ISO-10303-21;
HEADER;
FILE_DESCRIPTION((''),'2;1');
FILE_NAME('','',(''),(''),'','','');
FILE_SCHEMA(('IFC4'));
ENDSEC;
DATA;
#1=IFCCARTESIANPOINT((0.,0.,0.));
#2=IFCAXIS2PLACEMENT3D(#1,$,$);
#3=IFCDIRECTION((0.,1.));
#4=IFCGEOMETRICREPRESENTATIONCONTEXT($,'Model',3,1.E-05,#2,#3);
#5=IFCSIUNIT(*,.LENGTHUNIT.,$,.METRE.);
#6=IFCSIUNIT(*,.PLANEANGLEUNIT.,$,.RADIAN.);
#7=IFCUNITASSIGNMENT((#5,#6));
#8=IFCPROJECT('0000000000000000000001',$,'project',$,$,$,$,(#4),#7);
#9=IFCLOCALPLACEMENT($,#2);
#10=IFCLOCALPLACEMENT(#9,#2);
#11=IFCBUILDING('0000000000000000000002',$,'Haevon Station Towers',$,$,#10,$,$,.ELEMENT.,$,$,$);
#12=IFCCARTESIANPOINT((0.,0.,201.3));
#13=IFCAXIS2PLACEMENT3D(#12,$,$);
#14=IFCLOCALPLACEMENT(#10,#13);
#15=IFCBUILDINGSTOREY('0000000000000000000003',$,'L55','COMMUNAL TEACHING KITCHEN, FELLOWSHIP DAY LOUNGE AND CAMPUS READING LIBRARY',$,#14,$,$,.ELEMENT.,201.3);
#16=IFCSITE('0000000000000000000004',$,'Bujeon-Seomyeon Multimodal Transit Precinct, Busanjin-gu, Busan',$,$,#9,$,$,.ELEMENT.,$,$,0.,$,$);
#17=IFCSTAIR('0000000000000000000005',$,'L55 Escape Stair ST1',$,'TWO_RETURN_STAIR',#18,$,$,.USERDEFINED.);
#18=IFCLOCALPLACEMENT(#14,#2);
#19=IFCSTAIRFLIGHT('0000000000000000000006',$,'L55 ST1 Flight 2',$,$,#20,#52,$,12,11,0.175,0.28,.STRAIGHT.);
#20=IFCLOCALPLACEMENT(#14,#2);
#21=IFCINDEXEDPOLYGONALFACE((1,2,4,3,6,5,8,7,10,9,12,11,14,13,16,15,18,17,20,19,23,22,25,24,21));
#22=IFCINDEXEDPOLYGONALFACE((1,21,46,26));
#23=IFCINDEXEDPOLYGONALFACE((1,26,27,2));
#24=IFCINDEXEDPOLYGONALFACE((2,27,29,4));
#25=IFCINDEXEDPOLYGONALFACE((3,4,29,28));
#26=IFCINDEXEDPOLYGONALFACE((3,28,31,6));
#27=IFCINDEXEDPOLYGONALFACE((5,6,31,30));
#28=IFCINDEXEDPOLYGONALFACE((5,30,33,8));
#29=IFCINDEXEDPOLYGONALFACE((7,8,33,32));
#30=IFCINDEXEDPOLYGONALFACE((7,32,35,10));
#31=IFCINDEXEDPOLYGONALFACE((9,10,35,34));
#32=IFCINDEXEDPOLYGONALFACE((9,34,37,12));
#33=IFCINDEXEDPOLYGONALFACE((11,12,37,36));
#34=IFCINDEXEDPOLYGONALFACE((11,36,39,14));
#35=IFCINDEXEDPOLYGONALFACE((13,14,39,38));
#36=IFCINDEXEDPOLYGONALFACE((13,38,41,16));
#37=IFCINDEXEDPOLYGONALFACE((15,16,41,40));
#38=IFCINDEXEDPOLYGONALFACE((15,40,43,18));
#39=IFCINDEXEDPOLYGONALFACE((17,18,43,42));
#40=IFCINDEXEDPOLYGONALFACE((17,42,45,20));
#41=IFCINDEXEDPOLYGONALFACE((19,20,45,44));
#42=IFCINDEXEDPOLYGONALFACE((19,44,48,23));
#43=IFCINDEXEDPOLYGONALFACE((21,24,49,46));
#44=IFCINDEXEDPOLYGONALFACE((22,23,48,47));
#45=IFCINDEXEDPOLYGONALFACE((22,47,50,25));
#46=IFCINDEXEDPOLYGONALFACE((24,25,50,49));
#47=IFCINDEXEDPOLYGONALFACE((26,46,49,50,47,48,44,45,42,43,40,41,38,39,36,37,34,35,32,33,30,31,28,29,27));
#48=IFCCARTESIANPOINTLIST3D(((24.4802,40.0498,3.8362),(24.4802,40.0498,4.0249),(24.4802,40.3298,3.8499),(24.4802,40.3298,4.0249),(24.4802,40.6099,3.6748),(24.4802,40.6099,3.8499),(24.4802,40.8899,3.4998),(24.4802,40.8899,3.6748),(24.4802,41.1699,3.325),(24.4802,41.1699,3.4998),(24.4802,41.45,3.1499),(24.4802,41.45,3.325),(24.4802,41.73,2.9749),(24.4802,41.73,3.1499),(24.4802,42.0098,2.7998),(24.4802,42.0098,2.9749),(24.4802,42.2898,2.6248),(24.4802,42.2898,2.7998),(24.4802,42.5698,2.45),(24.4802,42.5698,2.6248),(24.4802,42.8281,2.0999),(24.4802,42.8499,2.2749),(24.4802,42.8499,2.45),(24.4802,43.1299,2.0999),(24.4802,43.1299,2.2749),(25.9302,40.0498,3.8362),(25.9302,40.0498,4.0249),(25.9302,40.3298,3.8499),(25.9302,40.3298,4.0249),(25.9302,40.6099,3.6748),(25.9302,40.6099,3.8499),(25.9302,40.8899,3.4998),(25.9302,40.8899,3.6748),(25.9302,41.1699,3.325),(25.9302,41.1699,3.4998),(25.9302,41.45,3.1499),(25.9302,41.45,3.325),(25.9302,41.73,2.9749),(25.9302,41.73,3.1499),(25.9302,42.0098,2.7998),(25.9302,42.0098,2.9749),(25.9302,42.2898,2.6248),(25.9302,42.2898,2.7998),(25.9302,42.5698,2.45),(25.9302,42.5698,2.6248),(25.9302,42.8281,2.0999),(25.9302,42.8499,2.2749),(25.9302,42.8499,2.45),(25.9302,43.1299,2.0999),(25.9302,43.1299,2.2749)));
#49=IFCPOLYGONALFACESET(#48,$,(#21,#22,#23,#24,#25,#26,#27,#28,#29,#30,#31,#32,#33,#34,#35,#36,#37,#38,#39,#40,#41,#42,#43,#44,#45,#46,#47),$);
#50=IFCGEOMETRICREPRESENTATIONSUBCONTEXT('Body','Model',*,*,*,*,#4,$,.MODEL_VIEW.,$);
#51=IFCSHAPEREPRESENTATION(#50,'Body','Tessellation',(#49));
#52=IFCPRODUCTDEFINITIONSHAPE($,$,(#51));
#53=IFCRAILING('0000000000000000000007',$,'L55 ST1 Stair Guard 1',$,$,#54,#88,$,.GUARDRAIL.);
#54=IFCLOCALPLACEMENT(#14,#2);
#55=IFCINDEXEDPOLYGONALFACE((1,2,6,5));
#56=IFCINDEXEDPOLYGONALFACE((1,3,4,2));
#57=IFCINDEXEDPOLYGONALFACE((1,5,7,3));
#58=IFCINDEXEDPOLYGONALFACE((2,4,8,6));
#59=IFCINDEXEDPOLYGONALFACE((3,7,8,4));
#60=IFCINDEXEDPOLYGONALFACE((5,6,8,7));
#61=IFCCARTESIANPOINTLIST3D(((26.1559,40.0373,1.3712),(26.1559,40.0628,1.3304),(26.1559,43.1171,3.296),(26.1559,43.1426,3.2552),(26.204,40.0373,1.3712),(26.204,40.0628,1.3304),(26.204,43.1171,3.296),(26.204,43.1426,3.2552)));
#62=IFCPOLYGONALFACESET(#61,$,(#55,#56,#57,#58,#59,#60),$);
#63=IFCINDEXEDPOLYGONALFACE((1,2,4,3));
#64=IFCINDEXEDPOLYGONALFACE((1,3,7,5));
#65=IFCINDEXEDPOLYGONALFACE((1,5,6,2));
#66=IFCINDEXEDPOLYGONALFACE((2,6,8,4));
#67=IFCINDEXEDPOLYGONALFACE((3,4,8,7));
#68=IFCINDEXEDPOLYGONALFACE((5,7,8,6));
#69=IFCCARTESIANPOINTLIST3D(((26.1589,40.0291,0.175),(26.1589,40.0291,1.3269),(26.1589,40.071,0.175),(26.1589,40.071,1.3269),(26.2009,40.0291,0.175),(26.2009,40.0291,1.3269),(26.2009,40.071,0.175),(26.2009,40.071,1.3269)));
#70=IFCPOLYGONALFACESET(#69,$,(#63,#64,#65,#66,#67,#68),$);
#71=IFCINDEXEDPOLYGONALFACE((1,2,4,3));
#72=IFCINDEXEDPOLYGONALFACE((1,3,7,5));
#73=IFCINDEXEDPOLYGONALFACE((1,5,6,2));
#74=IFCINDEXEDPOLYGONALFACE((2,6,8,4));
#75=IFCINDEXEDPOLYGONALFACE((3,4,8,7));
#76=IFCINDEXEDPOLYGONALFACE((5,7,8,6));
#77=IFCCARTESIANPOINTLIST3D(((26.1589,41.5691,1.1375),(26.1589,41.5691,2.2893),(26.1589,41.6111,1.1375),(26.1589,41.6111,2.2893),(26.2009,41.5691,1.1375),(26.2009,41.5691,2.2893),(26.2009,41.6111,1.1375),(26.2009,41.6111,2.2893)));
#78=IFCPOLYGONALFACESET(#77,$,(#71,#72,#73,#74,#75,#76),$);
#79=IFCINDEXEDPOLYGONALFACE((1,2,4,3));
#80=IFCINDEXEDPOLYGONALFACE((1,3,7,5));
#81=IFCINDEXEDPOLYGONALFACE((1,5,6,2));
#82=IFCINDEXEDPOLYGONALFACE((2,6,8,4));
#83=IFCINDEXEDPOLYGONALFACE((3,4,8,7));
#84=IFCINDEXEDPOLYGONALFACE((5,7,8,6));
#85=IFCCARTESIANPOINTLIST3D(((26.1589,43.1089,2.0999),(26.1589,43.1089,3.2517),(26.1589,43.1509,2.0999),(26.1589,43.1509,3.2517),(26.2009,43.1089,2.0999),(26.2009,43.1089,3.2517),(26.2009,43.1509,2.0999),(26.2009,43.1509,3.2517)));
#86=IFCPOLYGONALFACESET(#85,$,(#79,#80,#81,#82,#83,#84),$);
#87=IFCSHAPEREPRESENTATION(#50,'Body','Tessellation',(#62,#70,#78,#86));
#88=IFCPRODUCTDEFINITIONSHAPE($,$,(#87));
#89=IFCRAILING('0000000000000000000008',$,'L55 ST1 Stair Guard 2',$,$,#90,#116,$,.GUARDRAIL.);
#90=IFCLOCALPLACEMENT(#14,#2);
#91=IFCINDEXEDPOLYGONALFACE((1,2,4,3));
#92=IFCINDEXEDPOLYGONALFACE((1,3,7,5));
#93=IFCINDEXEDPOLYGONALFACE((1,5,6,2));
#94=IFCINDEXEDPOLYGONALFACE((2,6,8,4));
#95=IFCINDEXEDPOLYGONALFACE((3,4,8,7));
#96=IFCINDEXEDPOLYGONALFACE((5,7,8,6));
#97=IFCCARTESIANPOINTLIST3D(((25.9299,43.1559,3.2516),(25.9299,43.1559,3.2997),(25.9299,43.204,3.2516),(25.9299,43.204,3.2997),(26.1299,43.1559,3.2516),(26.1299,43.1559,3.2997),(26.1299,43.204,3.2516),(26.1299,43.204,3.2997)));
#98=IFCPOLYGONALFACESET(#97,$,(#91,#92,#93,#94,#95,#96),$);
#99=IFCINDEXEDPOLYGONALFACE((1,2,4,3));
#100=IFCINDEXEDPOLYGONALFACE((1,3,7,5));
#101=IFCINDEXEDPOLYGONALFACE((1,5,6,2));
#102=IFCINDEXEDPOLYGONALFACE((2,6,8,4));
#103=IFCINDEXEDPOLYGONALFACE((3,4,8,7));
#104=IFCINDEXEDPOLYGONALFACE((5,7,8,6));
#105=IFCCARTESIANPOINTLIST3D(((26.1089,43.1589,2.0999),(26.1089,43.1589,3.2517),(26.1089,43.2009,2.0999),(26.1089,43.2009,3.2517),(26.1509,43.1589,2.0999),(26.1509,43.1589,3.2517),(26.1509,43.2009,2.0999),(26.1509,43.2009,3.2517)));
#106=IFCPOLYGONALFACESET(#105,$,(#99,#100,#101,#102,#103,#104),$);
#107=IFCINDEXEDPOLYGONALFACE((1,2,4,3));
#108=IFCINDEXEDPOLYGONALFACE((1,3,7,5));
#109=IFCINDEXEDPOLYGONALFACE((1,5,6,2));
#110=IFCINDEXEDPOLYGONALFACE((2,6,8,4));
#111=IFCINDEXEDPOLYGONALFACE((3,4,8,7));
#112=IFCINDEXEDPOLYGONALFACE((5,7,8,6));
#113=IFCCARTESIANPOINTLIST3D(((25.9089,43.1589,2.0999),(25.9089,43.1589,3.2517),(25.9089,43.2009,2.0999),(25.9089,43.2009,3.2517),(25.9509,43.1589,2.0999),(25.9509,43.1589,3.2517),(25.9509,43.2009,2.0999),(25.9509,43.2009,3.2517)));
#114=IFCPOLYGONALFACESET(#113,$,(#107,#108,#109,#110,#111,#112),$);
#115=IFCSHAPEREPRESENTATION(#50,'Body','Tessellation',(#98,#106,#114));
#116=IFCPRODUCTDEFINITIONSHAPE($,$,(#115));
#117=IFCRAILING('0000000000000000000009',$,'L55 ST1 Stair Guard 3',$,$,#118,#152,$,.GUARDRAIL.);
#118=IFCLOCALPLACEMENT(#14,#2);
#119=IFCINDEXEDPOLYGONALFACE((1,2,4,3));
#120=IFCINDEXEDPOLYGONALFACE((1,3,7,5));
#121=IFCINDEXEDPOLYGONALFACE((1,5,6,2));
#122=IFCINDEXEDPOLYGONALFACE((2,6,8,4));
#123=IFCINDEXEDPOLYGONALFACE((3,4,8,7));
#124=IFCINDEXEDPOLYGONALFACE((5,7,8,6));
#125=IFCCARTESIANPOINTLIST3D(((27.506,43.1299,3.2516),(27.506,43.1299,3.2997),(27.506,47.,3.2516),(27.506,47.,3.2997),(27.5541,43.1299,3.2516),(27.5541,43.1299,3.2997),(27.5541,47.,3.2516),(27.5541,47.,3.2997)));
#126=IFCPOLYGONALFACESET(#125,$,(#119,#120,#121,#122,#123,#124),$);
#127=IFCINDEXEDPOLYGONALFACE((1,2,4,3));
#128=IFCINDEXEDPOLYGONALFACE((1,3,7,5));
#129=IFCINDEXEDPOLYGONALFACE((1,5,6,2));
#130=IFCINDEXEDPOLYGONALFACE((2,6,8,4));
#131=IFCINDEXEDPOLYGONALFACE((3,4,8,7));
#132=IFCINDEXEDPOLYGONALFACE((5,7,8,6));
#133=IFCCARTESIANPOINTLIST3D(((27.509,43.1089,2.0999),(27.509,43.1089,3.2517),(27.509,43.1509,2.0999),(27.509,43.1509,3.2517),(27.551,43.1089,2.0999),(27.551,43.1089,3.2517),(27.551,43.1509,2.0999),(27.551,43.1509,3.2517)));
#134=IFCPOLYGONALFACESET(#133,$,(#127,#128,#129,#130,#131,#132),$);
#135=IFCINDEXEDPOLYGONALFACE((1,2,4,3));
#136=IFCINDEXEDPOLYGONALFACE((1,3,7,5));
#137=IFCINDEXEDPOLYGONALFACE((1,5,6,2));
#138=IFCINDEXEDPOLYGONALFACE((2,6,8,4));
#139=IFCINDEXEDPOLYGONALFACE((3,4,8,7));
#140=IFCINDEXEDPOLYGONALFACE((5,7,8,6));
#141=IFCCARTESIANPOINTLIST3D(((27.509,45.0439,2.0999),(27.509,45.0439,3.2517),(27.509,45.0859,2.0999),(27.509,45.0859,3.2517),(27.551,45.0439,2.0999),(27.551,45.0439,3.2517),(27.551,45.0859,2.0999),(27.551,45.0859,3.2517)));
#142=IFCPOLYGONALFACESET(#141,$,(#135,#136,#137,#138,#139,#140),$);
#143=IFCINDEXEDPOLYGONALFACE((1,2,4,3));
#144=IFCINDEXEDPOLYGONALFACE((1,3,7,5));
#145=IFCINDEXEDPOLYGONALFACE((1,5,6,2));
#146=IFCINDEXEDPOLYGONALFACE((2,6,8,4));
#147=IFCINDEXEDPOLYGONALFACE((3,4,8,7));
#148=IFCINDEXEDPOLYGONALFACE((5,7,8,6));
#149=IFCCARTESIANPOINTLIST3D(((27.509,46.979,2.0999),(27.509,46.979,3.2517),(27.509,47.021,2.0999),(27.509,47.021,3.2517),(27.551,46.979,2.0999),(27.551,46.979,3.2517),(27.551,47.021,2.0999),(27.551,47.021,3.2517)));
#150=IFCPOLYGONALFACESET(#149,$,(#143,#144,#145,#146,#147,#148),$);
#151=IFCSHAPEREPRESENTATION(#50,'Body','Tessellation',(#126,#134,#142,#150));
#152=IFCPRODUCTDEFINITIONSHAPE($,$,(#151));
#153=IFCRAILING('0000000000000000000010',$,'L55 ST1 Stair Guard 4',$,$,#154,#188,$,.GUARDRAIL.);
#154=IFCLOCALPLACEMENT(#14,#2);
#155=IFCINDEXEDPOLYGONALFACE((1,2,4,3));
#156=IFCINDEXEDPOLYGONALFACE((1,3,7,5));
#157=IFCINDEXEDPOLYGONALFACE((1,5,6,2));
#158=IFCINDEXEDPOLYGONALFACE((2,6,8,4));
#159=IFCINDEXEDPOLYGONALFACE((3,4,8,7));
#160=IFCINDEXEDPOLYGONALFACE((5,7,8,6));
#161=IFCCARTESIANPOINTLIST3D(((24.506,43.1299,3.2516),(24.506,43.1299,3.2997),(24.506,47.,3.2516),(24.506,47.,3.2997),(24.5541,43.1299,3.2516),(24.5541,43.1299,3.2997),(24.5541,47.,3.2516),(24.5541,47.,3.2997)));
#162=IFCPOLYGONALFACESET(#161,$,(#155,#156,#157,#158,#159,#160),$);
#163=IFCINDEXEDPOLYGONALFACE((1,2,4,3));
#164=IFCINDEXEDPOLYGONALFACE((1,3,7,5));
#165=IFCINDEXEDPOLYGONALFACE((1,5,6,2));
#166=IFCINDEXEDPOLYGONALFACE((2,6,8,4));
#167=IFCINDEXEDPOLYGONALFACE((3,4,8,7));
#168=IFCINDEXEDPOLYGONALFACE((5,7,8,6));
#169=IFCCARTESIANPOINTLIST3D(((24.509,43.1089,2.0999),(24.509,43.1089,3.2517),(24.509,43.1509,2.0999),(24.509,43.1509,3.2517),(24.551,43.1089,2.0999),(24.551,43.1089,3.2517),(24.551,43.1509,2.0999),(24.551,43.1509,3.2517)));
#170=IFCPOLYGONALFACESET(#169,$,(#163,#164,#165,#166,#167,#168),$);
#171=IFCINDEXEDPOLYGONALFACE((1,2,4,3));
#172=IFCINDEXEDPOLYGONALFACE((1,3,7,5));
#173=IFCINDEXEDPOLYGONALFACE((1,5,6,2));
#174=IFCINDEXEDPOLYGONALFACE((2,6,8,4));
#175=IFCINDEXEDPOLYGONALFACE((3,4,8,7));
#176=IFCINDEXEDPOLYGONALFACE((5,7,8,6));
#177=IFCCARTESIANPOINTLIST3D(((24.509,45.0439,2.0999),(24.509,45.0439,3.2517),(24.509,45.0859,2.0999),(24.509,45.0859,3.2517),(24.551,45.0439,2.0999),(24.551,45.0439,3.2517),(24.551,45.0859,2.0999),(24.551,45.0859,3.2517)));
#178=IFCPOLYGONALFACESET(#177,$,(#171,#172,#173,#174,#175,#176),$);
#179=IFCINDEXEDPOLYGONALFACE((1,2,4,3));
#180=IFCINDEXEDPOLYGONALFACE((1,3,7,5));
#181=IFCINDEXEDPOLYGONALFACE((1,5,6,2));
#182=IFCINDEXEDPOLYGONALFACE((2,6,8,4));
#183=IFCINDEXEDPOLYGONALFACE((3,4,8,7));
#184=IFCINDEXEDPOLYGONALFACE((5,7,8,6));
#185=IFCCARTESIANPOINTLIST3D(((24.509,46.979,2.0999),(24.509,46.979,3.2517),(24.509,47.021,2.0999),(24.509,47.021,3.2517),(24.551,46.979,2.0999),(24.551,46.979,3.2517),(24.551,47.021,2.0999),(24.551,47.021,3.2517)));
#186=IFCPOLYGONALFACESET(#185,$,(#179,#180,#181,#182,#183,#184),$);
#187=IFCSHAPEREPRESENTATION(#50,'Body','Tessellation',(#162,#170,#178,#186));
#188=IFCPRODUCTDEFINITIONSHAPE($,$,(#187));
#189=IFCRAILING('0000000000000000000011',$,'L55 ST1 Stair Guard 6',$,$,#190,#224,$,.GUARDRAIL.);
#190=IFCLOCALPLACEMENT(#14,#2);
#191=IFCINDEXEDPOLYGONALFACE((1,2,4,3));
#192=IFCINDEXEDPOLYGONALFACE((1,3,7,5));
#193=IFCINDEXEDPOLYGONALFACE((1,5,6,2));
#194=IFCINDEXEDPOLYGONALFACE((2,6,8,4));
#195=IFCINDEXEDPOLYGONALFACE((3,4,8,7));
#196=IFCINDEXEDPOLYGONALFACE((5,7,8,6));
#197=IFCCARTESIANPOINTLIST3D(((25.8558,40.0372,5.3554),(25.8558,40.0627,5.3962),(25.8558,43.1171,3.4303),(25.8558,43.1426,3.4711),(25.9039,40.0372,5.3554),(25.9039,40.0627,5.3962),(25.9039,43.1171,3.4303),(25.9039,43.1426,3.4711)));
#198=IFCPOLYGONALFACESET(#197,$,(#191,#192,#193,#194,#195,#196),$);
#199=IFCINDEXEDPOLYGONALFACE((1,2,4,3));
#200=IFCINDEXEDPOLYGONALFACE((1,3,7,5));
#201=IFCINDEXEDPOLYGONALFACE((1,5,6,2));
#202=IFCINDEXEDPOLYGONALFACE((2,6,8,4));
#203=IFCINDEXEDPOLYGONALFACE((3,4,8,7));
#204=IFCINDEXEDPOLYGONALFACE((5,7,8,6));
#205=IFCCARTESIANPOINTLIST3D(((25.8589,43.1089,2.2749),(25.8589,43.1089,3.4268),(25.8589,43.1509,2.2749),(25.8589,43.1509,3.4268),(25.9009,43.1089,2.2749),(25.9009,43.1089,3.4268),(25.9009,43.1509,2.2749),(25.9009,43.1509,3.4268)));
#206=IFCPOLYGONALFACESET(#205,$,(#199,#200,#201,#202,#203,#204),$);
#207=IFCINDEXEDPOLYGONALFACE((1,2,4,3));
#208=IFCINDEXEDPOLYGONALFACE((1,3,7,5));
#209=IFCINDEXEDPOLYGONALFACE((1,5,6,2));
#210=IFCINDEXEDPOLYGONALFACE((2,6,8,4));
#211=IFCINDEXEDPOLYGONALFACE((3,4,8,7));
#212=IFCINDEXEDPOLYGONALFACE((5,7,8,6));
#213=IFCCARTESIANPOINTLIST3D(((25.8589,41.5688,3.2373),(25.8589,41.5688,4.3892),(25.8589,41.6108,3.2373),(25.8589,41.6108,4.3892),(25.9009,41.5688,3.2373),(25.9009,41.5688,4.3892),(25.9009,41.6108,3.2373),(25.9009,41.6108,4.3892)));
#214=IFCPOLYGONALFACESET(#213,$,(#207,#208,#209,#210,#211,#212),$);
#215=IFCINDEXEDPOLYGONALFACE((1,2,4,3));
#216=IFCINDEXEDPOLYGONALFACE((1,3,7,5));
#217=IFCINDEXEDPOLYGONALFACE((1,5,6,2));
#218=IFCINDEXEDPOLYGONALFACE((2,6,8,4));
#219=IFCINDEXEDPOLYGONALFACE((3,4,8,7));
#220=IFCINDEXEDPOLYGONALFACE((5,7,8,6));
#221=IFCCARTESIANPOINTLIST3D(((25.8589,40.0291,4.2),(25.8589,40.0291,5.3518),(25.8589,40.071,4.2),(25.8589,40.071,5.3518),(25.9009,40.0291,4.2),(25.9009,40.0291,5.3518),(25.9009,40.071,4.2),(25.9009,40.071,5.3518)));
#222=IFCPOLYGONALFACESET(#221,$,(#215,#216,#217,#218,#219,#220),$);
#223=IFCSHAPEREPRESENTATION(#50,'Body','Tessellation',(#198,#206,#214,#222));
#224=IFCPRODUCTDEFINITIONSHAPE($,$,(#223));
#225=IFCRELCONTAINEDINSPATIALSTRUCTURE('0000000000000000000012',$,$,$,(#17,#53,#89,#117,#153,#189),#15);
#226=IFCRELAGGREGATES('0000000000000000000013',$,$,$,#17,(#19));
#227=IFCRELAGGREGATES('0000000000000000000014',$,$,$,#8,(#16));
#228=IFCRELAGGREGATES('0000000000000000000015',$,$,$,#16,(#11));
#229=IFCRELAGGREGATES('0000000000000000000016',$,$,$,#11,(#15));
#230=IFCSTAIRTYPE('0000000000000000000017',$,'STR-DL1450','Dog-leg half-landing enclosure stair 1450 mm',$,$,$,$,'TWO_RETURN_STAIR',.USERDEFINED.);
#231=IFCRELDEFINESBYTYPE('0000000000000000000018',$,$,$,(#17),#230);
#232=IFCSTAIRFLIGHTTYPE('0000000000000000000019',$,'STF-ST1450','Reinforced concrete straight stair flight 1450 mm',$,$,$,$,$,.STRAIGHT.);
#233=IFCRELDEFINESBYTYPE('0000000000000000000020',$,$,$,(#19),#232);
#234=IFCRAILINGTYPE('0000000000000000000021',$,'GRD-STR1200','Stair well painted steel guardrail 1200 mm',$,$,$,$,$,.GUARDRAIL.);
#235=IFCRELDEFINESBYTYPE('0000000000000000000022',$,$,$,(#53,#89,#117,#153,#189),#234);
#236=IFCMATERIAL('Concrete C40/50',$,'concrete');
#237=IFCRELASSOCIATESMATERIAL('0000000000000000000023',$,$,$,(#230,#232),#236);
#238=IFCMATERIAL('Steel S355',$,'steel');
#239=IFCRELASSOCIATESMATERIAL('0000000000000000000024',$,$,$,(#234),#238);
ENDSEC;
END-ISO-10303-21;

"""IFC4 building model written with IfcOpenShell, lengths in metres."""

from ifc_helpers import new_model, si_unit, direction, frame, origin, origin_2d, place, context, subcontext, project, spatial, polyline, rectangle, outline, extrude, material, type_object, element, aggregate, save


model = new_model("IFC4")

# Units and contexts
model_context = context("Model", 3, precision=1e-05, world=origin(), true_north=direction((0.0, 1.0)))
body_context = subcontext(model_context, "Body", "Model", "MODEL_VIEW")
ifc_project = project(units=[si_unit("LENGTHUNIT", "METRE"), si_unit("PLANEANGLEUNIT", "RADIAN")], contexts=[model_context])

# Site, building, storey
site_placement = place(None, origin())
site = spatial("IfcSite", under=ifc_project, at=site_placement, Name="Bujeon-Seomyeon Multimodal Transit Precinct, Busanjin-gu, Busan", CompositionType="ELEMENT", RefElevation=0.0)
building_placement = place(site_placement, origin())
building = spatial("IfcBuilding", under=site, at=building_placement, Name="Haevon Station Towers", CompositionType="ELEMENT")
storey_placement = place(building_placement, frame((0.0, 0.0, 201.3)))
storey = spatial("IfcBuildingStorey", under=building, at=storey_placement, Name="L55", Description="COMMUNAL TEACHING KITCHEN, FELLOWSHIP DAY LOUNGE AND CAMPUS READING LIBRARY", CompositionType="ELEMENT", Elevation=201.3)

# Shared definitions
ifc_material_1 = material(Name="Steel S355", Category="steel")

# Stair, stair flight
ifc_material_2 = material(Name="Concrete C40/50", Category="concrete")
stair_type = type_object("IfcStairType", Name="STR-DL1450", Description="Dog-leg half-landing enclosure stair 1450 mm", ElementType="TWO_RETURN_STAIR", PredefinedType="USERDEFINED", material=ifc_material_2)
stair_placement = place(storey_placement, origin())
stair = element("IfcStair", 1, at=stair_placement, inside=storey, type_object=stair_type, Name="L55 Escape Stair ST1", ObjectType="TWO_RETURN_STAIR", PredefinedType="USERDEFINED")
stair_flight_type = type_object("IfcStairFlightType", Name="STF-ST1450", Description="Reinforced concrete straight stair flight 1450 mm", PredefinedType="STRAIGHT", material=ifc_material_2)
stair_flight_1_placement = place(storey_placement, frame((25.2051, 43.1299, 2.0999), z_axis=(0.0, 0.0, 1.0), x_axis=(0.0, -1.0, 0.0)))
stair_flight_1 = element("IfcStairFlight", 2, at=stair_flight_1_placement, type_object=stair_flight_type, Name="L55 ST1 Flight 2", NumberOfRisers=12, NumberOfTreads=11, PredefinedType="STRAIGHT", RiserHeight=0.175, TreadLength=0.28, context=body_context, shape_type="SweptSolid", body=[
    extrude(outline(polyline([(0.0, 0.0), (0.0, 0.175), (0.28, 0.175), (0.28, 0.3501), (0.5601, 0.3501), (0.5601, 0.5249), (0.8401, 0.5249), (0.8401, 0.7), (1.1201, 0.7), (1.1201, 0.875), (1.3999, 0.875), (1.3999, 1.05), (1.6799, 1.05), (1.6799, 1.2251), (1.96, 1.2251), (1.96, 1.3999), (2.24, 1.3999), (2.24, 1.575), (2.52, 1.575), (2.52, 1.75), (2.8, 1.75), (2.8, 1.925), (3.0801, 1.925), (3.0801, 2.1001), (3.0801, 1.7363), (0.3018, 0.0), (0.0, 0.0)])), frame((0.0, 0.7251, 0.0), z_axis=(0.0, -1.0, 0.0), x_axis=(1.0, 0.0, 0.0)), (0.0, 0.0, 1.0), 1.45),
])
aggregate(stair, [stair_flight_1])

# Railings
railing_type_1 = type_object("IfcRailingType", Name="GRD-STR1200", Description="Stair well painted steel guardrail 1200 mm", PredefinedType="GUARDRAIL", material=ifc_material_1)
railing_1_placement = place(storey_placement, frame((26.1799, 40.05, 0.175)))
element("IfcRailing", 3, at=railing_1_placement, inside=storey, type_object=railing_type_1, Name="L55 ST1 Stair Guard 1", PredefinedType="GUARDRAIL", context=body_context, shape_type="SweptSolid", body=[
    extrude(rectangle(XDim=0.0481, YDim=0.0481, at=origin_2d()), frame((0.0, 0.0, 1.1758), z_axis=(0.0, 0.84801, 0.529981), x_axis=(-1.0, 0.0, 0.0)), (0.0, 0.0, 1.0), 3.6318),
    extrude(rectangle(XDim=0.042, YDim=0.042, at=origin_2d()), origin(), (0.0, 0.0, 1.0), 1.1519),
    extrude(rectangle(XDim=0.042, YDim=0.042, at=origin_2d()), frame((0.0, 1.54, 0.9624)), (0.0, 0.0, 1.0), 1.1519),
    extrude(rectangle(XDim=0.042, YDim=0.042, at=origin_2d()), frame((0.0, 3.0798, 1.9248)), (0.0, 0.0, 1.0), 1.1519),
])
railing_2_placement = place(storey_placement, frame((26.1299, 43.1799, 2.0999)))
element("IfcRailing", 4, at=railing_2_placement, inside=storey, type_object=railing_type_1, Name="L55 ST1 Stair Guard 2", PredefinedType="GUARDRAIL", context=body_context, shape_type="SweptSolid", body=[
    extrude(rectangle(XDim=0.0481, YDim=0.0481, at=origin_2d()), frame((0.0, 0.0, 1.1758), z_axis=(-1.0, 0.0, 0.0), x_axis=(0.0, -1.0, 0.0)), (0.0, 0.0, 1.0), 0.2),
    extrude(rectangle(XDim=0.042, YDim=0.042, at=origin_2d()), origin(), (0.0, 0.0, 1.0), 1.1519),
    extrude(rectangle(XDim=0.042, YDim=0.042, at=origin_2d()), frame((-0.2, 0.0, 0.0)), (0.0, 0.0, 1.0), 1.1519),
])
for number, where, name in (
    (5, (27.53, 43.1299, 2.0999), "L55 ST1 Stair Guard 3"),
    (6, (24.53, 43.1299, 2.0999), "L55 ST1 Stair Guard 4"),
):
    element("IfcRailing", number, at=place(storey_placement, frame(where)), inside=storey, type_object=railing_type_1, Name=name, PredefinedType="GUARDRAIL", context=body_context, shape_type="SweptSolid", body=[
        extrude(rectangle(XDim=0.0481, YDim=0.0481, at=origin_2d()), frame((0.0, 0.0, 1.1758), z_axis=(0.0, 1.0, 0.0), x_axis=(-1.0, 0.0, 0.0)), (0.0, 0.0, 1.0), 3.8701),
        extrude(rectangle(XDim=0.042, YDim=0.042, at=origin_2d()), origin(), (0.0, 0.0, 1.0), 1.1519),
        extrude(rectangle(XDim=0.042, YDim=0.042, at=origin_2d()), frame((0.0, 1.9351, 0.0)), (0.0, 0.0, 1.0), 1.1519),
        extrude(rectangle(XDim=0.042, YDim=0.042, at=origin_2d()), frame((0.0, 3.8701, 0.0)), (0.0, 0.0, 1.0), 1.1519),
    ])
railing_3_placement = place(storey_placement, frame((25.8799, 43.1299, 2.2749)))
element("IfcRailing", 7, at=railing_3_placement, inside=storey, type_object=railing_type_1, Name="L55 ST1 Stair Guard 6", PredefinedType="GUARDRAIL", context=body_context, shape_type="SweptSolid", body=[
    extrude(rectangle(XDim=0.0481, YDim=0.0481, at=origin_2d()), frame((0.0, 0.0, 1.1758), z_axis=(0.0, -0.847979, 0.530029), x_axis=(1.0, 0.0, 0.0)), (0.0, 0.0, 1.0), 3.6321),
    extrude(rectangle(XDim=0.042, YDim=0.042, at=origin_2d()), origin(), (0.0, 0.0, 1.0), 1.1519),
    extrude(rectangle(XDim=0.042, YDim=0.042, at=origin_2d()), frame((0.0, -1.54, 0.9624)), (0.0, 0.0, 1.0), 1.1519),
    extrude(rectangle(XDim=0.042, YDim=0.042, at=origin_2d()), frame((0.0, -3.0798, 1.925)), (0.0, 0.0, 1.0), 1.1519),
])

save(model, "model.ifc")
